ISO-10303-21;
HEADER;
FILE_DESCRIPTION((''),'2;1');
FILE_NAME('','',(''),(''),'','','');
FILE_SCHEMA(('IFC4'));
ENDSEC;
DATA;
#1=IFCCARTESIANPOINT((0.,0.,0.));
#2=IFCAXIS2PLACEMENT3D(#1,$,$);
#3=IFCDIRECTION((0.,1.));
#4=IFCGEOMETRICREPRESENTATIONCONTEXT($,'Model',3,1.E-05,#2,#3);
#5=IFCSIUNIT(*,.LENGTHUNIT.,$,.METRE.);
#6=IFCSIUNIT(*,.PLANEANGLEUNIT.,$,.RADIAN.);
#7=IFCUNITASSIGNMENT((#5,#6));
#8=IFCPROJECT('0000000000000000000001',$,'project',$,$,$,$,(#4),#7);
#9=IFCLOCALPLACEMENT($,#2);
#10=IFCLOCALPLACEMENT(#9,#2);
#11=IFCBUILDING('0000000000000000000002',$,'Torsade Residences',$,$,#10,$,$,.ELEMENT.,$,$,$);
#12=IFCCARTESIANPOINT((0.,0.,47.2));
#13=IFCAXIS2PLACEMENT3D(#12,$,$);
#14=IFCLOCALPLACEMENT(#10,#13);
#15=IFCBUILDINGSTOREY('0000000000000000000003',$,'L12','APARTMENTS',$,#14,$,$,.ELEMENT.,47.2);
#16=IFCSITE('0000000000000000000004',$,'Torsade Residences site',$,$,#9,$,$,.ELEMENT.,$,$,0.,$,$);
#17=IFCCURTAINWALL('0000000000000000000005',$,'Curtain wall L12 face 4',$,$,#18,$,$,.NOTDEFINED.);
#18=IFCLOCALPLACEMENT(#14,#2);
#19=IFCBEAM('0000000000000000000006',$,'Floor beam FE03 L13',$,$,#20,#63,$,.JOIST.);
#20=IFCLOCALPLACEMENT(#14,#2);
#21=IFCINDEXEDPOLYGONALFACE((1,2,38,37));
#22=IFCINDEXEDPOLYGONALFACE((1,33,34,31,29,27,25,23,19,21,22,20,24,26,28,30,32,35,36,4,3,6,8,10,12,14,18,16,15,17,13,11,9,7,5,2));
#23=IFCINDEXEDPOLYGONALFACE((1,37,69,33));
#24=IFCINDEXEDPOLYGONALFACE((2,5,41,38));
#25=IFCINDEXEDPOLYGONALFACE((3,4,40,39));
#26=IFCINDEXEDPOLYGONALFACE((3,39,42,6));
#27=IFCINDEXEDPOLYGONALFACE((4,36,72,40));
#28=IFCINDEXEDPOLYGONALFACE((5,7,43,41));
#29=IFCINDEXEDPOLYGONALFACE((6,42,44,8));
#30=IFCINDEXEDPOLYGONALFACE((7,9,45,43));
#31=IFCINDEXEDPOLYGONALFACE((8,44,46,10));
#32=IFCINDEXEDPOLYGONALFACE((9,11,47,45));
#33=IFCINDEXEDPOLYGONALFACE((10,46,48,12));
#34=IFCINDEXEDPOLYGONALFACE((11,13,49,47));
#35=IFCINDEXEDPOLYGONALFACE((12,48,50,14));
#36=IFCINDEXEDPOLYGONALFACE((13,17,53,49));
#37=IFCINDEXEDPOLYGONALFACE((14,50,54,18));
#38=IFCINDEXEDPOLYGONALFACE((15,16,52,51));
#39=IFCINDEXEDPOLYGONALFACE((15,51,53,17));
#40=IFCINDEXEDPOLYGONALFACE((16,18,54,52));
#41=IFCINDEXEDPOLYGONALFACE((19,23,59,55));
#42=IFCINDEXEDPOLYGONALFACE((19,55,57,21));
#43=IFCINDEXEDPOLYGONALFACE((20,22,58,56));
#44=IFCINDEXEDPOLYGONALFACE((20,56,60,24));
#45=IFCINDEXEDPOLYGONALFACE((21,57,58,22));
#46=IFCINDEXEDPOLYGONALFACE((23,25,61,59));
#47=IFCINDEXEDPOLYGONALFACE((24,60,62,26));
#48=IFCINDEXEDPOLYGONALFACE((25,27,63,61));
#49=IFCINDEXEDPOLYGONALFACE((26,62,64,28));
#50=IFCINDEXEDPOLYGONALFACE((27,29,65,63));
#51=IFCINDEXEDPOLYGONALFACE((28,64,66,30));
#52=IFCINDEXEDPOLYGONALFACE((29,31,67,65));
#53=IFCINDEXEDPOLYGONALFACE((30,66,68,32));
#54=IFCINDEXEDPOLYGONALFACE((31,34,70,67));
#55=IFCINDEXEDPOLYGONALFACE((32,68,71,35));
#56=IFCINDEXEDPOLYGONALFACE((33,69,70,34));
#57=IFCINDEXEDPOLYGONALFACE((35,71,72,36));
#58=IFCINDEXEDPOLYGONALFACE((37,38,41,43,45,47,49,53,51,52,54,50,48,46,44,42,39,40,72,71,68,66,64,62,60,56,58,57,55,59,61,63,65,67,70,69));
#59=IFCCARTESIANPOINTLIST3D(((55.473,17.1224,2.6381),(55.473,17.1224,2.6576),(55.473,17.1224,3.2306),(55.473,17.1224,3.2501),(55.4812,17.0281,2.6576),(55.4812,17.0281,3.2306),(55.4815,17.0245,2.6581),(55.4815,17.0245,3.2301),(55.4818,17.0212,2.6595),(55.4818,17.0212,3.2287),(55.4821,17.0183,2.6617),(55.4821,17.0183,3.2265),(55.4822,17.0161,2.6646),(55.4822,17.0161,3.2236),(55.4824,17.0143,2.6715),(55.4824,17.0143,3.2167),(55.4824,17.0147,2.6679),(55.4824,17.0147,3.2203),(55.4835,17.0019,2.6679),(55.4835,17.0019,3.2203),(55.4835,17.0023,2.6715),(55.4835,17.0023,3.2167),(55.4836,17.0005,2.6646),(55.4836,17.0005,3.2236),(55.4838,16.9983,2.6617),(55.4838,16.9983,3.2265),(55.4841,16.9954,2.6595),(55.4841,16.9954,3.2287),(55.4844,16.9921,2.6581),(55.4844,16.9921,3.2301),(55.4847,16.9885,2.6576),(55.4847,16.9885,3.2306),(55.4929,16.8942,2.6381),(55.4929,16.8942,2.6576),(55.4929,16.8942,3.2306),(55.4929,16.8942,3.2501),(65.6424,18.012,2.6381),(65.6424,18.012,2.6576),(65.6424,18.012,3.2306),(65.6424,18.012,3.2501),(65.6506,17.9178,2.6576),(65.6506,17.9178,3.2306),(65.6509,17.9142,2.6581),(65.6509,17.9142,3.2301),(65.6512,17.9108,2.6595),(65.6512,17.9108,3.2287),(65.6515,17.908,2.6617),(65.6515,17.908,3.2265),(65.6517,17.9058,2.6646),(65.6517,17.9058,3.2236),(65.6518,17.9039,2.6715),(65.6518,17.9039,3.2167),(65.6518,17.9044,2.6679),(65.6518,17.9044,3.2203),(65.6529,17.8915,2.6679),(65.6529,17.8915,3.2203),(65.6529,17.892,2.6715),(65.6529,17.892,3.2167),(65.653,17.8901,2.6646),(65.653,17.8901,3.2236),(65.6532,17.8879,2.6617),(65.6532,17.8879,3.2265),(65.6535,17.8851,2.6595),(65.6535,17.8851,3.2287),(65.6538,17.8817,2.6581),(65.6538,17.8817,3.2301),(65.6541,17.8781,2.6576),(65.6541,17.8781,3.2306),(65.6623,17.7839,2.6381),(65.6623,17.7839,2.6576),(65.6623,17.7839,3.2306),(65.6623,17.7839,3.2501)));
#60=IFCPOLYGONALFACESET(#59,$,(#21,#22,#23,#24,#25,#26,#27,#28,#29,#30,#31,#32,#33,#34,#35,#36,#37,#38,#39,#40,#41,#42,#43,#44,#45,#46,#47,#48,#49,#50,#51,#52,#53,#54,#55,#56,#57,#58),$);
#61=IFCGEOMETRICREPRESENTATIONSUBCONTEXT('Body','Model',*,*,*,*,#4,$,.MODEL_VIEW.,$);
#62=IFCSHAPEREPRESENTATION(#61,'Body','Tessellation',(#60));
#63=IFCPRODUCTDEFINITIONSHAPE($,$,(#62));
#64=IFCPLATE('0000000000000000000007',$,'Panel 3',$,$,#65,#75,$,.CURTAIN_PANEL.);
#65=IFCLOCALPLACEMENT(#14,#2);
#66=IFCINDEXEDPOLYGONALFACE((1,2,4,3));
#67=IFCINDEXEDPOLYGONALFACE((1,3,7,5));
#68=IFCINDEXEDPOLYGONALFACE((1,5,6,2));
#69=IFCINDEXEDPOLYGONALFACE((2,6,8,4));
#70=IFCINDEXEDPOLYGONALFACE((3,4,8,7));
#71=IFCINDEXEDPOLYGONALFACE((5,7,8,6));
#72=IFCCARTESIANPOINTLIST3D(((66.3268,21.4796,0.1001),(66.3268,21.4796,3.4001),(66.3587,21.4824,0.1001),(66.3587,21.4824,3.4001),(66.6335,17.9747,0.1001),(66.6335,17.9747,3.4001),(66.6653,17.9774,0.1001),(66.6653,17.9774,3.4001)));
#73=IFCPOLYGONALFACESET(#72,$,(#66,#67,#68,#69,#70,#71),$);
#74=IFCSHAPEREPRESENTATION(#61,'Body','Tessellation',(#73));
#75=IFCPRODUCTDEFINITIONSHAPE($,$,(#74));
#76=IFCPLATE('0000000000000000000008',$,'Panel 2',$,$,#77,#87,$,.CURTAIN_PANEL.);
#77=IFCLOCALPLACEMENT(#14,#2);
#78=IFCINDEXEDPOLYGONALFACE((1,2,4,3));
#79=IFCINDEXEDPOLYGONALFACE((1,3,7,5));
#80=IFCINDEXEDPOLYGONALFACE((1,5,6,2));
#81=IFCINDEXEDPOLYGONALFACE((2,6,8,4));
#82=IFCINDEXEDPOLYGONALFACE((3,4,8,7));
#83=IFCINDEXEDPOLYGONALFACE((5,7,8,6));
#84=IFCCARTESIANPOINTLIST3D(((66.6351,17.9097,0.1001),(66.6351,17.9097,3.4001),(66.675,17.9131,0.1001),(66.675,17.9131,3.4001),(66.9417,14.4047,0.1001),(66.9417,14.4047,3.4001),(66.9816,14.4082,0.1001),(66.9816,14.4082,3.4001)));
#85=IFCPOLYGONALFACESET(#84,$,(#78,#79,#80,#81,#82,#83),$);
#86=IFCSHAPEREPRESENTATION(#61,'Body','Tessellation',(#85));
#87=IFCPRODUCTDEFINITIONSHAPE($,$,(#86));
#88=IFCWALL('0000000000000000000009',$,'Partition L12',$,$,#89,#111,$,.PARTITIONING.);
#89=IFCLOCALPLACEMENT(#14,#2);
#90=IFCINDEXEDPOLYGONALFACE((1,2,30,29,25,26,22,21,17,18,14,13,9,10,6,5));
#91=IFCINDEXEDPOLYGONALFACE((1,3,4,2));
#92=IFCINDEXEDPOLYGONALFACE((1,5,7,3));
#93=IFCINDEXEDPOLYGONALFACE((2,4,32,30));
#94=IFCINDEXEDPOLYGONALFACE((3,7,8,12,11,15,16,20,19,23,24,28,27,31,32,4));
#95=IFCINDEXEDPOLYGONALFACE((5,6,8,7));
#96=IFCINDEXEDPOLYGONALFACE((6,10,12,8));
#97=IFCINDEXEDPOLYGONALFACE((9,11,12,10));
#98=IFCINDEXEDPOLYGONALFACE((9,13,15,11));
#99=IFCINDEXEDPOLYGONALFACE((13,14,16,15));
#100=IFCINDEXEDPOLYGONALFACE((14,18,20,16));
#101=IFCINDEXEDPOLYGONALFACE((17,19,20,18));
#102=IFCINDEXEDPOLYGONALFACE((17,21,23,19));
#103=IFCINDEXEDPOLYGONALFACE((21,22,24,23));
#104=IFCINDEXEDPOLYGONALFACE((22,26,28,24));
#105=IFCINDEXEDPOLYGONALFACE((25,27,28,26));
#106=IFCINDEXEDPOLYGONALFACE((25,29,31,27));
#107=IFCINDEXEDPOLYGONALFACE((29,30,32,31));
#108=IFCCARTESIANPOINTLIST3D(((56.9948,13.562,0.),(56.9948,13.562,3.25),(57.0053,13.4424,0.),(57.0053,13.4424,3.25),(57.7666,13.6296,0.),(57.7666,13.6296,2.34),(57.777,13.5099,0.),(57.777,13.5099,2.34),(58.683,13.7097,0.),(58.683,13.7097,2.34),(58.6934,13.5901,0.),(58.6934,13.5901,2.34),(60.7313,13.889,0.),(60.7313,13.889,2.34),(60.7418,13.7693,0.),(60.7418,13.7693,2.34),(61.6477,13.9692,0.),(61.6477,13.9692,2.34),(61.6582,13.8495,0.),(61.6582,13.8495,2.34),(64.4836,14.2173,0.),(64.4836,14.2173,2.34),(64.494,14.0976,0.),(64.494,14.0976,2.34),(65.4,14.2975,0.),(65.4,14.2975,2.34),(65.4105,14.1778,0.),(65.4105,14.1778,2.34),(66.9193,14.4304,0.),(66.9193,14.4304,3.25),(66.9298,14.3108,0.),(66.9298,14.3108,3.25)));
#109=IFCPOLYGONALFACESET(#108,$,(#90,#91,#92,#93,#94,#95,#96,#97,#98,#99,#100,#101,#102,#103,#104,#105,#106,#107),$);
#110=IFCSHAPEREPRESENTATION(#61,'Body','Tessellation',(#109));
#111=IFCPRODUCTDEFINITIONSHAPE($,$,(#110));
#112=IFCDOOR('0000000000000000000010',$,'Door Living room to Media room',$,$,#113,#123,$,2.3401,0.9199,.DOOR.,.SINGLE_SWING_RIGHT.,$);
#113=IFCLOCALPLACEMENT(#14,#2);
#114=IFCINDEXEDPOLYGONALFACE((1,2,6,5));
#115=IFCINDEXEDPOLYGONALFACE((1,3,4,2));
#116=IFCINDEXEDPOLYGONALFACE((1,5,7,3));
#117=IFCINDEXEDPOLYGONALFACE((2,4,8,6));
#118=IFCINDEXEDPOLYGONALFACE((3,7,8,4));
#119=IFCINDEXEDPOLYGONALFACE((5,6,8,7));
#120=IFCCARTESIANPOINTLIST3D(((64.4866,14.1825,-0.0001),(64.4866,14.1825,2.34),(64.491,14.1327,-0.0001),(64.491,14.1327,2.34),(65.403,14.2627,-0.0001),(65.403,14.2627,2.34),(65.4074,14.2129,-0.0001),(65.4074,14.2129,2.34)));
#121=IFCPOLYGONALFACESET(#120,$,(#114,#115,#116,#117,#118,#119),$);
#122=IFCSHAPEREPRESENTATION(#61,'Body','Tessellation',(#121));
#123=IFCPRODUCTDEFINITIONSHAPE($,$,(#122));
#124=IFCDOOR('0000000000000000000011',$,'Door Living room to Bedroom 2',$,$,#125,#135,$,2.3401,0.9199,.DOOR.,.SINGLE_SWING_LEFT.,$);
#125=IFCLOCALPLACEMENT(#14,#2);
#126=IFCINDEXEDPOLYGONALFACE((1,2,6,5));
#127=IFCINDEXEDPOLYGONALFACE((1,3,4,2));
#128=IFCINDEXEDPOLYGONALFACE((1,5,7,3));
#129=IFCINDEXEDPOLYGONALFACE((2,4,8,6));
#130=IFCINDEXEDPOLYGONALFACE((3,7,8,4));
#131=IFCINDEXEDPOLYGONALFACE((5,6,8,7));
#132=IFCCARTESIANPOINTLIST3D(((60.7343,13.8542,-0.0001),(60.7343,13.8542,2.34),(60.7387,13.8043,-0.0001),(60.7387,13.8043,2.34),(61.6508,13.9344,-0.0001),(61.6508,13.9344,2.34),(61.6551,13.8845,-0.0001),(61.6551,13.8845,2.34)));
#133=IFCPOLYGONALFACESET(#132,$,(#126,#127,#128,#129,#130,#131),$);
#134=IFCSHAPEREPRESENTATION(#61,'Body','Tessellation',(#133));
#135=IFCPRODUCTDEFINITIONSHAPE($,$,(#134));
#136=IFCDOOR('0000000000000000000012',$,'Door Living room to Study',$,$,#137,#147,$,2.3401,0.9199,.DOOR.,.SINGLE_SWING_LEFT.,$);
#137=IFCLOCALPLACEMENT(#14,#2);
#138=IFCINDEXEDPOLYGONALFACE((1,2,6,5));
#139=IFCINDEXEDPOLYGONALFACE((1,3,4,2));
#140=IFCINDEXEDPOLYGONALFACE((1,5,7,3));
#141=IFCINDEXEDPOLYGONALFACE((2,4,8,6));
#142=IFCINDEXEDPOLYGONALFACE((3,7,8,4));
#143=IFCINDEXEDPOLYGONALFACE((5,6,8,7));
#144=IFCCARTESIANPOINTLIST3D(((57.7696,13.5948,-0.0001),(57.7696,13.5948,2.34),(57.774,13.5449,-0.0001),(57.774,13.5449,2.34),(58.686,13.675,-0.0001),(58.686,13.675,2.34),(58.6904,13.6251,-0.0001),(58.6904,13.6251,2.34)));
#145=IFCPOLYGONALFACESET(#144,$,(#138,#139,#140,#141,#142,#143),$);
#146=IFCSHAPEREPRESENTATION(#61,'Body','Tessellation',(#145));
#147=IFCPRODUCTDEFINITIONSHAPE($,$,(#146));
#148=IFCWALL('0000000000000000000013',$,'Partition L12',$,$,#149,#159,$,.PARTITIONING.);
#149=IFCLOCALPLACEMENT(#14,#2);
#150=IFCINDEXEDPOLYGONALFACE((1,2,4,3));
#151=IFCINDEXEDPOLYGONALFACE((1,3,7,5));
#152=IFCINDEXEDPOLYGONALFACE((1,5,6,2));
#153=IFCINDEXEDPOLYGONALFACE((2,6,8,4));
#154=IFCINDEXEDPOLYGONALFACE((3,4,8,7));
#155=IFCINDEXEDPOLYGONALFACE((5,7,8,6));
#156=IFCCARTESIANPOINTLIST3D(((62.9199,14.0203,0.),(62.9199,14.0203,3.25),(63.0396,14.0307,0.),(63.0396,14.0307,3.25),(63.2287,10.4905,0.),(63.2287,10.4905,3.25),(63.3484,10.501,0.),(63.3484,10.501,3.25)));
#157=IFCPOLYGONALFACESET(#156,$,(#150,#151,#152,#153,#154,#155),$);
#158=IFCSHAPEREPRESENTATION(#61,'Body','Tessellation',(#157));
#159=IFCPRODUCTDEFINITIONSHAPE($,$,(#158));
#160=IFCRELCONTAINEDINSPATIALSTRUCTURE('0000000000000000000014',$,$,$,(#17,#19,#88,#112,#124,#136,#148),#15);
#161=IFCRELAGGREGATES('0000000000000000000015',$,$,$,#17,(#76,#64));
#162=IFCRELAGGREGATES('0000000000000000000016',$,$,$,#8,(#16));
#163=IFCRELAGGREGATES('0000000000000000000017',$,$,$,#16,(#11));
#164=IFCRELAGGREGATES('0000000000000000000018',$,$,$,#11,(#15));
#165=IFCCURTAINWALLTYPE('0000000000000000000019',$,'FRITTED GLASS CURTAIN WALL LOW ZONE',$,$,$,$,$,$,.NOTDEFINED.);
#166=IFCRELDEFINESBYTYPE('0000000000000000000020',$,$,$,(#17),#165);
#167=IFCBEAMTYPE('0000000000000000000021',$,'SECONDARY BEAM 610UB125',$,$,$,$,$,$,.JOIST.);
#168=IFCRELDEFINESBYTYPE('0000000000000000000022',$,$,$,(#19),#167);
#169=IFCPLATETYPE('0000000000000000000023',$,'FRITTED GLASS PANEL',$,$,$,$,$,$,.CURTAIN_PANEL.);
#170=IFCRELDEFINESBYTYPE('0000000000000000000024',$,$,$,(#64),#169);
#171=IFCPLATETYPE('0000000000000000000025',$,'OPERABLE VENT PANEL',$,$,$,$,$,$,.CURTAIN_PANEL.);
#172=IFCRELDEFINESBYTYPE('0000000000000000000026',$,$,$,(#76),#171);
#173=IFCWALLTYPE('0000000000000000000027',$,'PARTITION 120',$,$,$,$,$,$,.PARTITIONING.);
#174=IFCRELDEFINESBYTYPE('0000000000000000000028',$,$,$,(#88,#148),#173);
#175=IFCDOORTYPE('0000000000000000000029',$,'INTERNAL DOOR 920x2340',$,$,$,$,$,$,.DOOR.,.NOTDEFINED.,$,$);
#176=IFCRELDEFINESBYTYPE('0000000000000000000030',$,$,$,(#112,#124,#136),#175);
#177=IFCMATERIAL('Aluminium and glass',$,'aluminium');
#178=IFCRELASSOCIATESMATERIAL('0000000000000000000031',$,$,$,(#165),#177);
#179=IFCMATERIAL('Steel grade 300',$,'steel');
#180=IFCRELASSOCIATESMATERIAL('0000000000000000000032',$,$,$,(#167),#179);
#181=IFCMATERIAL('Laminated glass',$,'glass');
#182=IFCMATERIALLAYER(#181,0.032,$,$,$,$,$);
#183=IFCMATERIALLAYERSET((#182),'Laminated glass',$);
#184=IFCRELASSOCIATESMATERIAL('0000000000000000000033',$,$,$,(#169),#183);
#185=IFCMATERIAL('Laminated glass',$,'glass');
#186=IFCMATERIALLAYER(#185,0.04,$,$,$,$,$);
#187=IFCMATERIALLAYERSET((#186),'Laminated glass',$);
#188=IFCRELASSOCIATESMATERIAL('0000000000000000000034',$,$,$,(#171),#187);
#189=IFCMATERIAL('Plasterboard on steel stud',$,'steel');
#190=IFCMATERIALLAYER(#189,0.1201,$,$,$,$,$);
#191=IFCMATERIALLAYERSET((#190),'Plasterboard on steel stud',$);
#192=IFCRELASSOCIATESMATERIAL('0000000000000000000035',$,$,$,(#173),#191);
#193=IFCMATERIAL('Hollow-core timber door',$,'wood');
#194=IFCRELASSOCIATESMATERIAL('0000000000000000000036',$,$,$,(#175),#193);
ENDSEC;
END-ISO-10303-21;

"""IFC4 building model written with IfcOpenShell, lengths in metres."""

from ifc_helpers import new_model, si_unit, direction, frame, frame_2d, origin, origin_2d, place, context, subcontext, project, spatial, rectangle, i_section, extrude, material, layer, layer_set, material_profile, profile_set, type_object, element, fill, aggregate, save


model = new_model("IFC4")

# Units and contexts
model_context = context("Model", 3, precision=1e-05, world=origin(), true_north=direction((0.0, 1.0)))
body_context = subcontext(model_context, "Body", "Model", "MODEL_VIEW")
ifc_project = project(units=[si_unit("LENGTHUNIT", "METRE"), si_unit("PLANEANGLEUNIT", "RADIAN")], contexts=[model_context])

# Site, building, storey
site_placement = place(None, origin())
site = spatial("IfcSite", under=ifc_project, at=site_placement, Name="Torsade Residences site", CompositionType="ELEMENT", RefElevation=0.0)
building_placement = place(site_placement, origin())
building = spatial("IfcBuilding", under=site, at=building_placement, Name="Torsade Residences", CompositionType="ELEMENT")
storey_placement = place(building_placement, frame((0.0, 0.0, 47.2)))
storey = spatial("IfcBuildingStorey", under=building, at=storey_placement, Name="L12", Description="APARTMENTS", CompositionType="ELEMENT", Elevation=47.2)

# Curtain wall
ifc_material_1 = material(Name="Aluminium and glass", Category="aluminium")
curtain_wall_type = type_object("IfcCurtainWallType", Name="FRITTED GLASS CURTAIN WALL LOW ZONE", PredefinedType="NOTDEFINED", material=ifc_material_1)
curtain_wall_placement = place(storey_placement, origin())
curtain_wall = element("IfcCurtainWall", 1, at=curtain_wall_placement, inside=storey, type_object=curtain_wall_type, Name="Curtain wall L12 face 4", PredefinedType="NOTDEFINED")

# Beam
ifc_material_2 = material(Name="Steel grade 300", Category="steel")
ifc_material_profile_1 = material_profile(ifc_material_2, i_section(OverallWidth=0.229, OverallDepth=0.6121, WebThickness=0.012, FlangeThickness=0.0195, FilletRadius=0.0139, at=origin_2d()), Name="610UB125")
ifc_profile_set_1 = profile_set([ifc_material_profile_1], Name="Steel grade 300")
beam_type_1 = type_object("IfcBeamType", Name="SECONDARY BEAM 610UB125", PredefinedType="JOIST", material=ifc_profile_set_1)
beam_1_placement = place(storey_placement, frame((65.6523, 17.8979, 2.9441), z_axis=(-0.996195, -0.08715, 0.0), x_axis=(0.08715, -0.996195, 0.0)))
element("IfcBeam", 2, at=beam_1_placement, inside=storey, type_object=beam_type_1, Name="Floor beam FE03 L13", PredefinedType="JOIST", context=body_context, shape_type="SweptSolid", body=[
    extrude(i_section(OverallWidth=0.229, OverallDepth=0.6121, WebThickness=0.012, FlangeThickness=0.0195, FilletRadius=0.0139, at=origin_2d()), origin(), (0.0, 0.0, 1.0), 10.2083),
])

# Plates
ifc_material_3 = material(Name="Laminated glass", Category="glass")
ifc_layer_1 = layer(ifc_material_3, 0.032)
ifc_layer_set_1 = layer_set([ifc_layer_1], Name="Laminated glass")
plate_type_1 = type_object("IfcPlateType", Name="FRITTED GLASS PANEL", PredefinedType="CURTAIN_PANEL", material=ifc_layer_set_1)
plate_1_placement = place(storey_placement, frame((66.4961, 19.7285, 0.1001), z_axis=(0.0, 0.0, 1.0), x_axis=(-0.087156, 0.996195, 0.0)))
plate_1 = element("IfcPlate", 3, at=plate_1_placement, type_object=plate_type_1, Name="Panel 3", PredefinedType="CURTAIN_PANEL", context=body_context, shape_type="SweptSolid", body=[
    extrude(rectangle(XDim=3.5183, YDim=0.032, at=origin_2d()), origin(), (0.0, 0.0, 1.0), 3.3),
])
ifc_material_4 = material(Name="Laminated glass", Category="glass")
ifc_layer_2 = layer(ifc_material_4, 0.04)
ifc_layer_set_2 = layer_set([ifc_layer_2], Name="Laminated glass")
plate_type_2 = type_object("IfcPlateType", Name="OPERABLE VENT PANEL", PredefinedType="CURTAIN_PANEL", material=ifc_layer_set_2)
plate_2_placement = place(storey_placement, frame((66.8083, 16.1589, 0.1001), z_axis=(0.0, 0.0, 1.0), x_axis=(-0.087156, 0.996195, 0.0)))
plate_2 = element("IfcPlate", 4, at=plate_2_placement, type_object=plate_type_2, Name="Panel 2", PredefinedType="CURTAIN_PANEL", context=body_context, shape_type="SweptSolid", body=[
    extrude(rectangle(XDim=3.5183, YDim=0.04, at=origin_2d()), origin(), (0.0, 0.0, 1.0), 3.3),
])
aggregate(curtain_wall, [plate_2, plate_1])

# Wall, openings, doors
ifc_material_5 = material(Name="Plasterboard on steel stud", Category="steel")
ifc_layer_3 = layer(ifc_material_5, 0.1201)
ifc_layer_set_3 = layer_set([ifc_layer_3], Name="Plasterboard on steel stud")
wall_type = type_object("IfcWallType", Name="PARTITION 120", PredefinedType="PARTITIONING", material=ifc_layer_set_3)
wall_1_placement = place(storey_placement, frame((66.9246, 14.3706, 0.0), z_axis=(0.0, 0.0, 1.0), x_axis=(-0.996194, -0.087168, 0.0)))
wall_1 = element("IfcWall", 5, at=wall_1_placement, inside=storey, type_object=wall_type, Name="Partition L12", PredefinedType="PARTITIONING", context=body_context, shape_type="SweptSolid", body=[
    extrude(rectangle(XDim=9.9624, YDim=0.1201, at=frame_2d((4.9812, 0.0))), origin(), (0.0, 0.0, 1.0), 3.25),
])
opening_1_placement = place(wall_1_placement, frame((1.5251, 0.0, 0.0)))
opening_1 = element("IfcOpeningElement", 6, at=opening_1_placement, cuts=wall_1, PredefinedType="OPENING", context=body_context, shape_type="SweptSolid", body=[
    extrude(rectangle(XDim=0.9199, YDim=2.3401, at=frame_2d((0.46, 1.1699))), frame((0.0, 0.0701, 0.0), z_axis=(0.0, -1.0, 0.0), x_axis=(1.0, 0.0, 0.0)), (0.0, 0.0, 1.0), 0.1401),
])
opening_2_placement = place(wall_1_placement, frame((5.2917, 0.0, 0.0)))
opening_2 = element("IfcOpeningElement", 7, at=opening_2_placement, cuts=wall_1, PredefinedType="OPENING", context=body_context, shape_type="SweptSolid", body=[
    extrude(rectangle(XDim=0.9199, YDim=2.3401, at=frame_2d((0.46, 1.1699))), frame((0.0, 0.0701, 0.0), z_axis=(0.0, -1.0, 0.0), x_axis=(1.0, 0.0, 0.0)), (0.0, 0.0, 1.0), 0.1401),
])
opening_3_placement = place(wall_1_placement, frame((8.2678, 0.0, 0.0)))
opening_3 = element("IfcOpeningElement", 8, at=opening_3_placement, cuts=wall_1, PredefinedType="OPENING", context=body_context, shape_type="SweptSolid", body=[
    extrude(rectangle(XDim=0.9199, YDim=2.3401, at=frame_2d((0.46, 1.1699))), frame((0.0, 0.0701, 0.0), z_axis=(0.0, -1.0, 0.0), x_axis=(1.0, 0.0, 0.0)), (0.0, 0.0, 1.0), 0.1401),
])
ifc_material_6 = material(Name="Hollow-core timber door", Category="wood")
door_type = type_object("IfcDoorType", Name="INTERNAL DOOR 920x2340", OperationType="NOTDEFINED", PredefinedType="DOOR", material=ifc_material_6)
door_1_placement = place(opening_1_placement, origin())
door_1 = element("IfcDoor", 9, at=door_1_placement, inside=storey, type_object=door_type, Name="Door Living room to Media room", OperationType="SINGLE_SWING_RIGHT", OverallHeight=2.3401, OverallWidth=0.9199, PredefinedType="DOOR", context=body_context, shape_type="SweptSolid", body=[
    extrude(rectangle(XDim=0.9199, YDim=2.3401, at=frame_2d((0.46, 1.1699))), frame((0.0, 0.0249, 0.0), z_axis=(0.0, -1.0, 0.0), x_axis=(1.0, 0.0, 0.0)), (0.0, 0.0, 1.0), 0.05),
])
fill(opening_1, door_1)
door_2_placement = place(opening_2_placement, origin())
door_2 = element("IfcDoor", 10, at=door_2_placement, inside=storey, type_object=door_type, Name="Door Living room to Bedroom 2", OperationType="SINGLE_SWING_LEFT", OverallHeight=2.3401, OverallWidth=0.9199, PredefinedType="DOOR", context=body_context, shape_type="SweptSolid", body=[
    extrude(rectangle(XDim=0.9199, YDim=2.3401, at=frame_2d((0.46, 1.1699))), frame((0.0, 0.0249, 0.0), z_axis=(0.0, -1.0, 0.0), x_axis=(1.0, 0.0, 0.0)), (0.0, 0.0, 1.0), 0.05),
])
fill(opening_2, door_2)
door_3_placement = place(opening_3_placement, origin())
door_3 = element("IfcDoor", 11, at=door_3_placement, inside=storey, type_object=door_type, Name="Door Living room to Study", OperationType="SINGLE_SWING_LEFT", OverallHeight=2.3401, OverallWidth=0.9199, PredefinedType="DOOR", context=body_context, shape_type="SweptSolid", body=[
    extrude(rectangle(XDim=0.9199, YDim=2.3401, at=frame_2d((0.46, 1.1699))), frame((0.0, 0.0249, 0.0), z_axis=(0.0, -1.0, 0.0), x_axis=(1.0, 0.0, 0.0)), (0.0, 0.0, 1.0), 0.05),
])
fill(opening_3, door_3)

# Wall
wall_2_placement = place(storey_placement, frame((62.9797, 14.0254, 0.0), z_axis=(0.0, 0.0, 1.0), x_axis=(0.087162, -0.996194, 0.0)))
element("IfcWall", 12, at=wall_2_placement, inside=storey, type_object=wall_type, Name="Partition L12", PredefinedType="PARTITIONING", context=body_context, shape_type="SweptSolid", body=[
    extrude(rectangle(XDim=3.5432, YDim=0.1201, at=frame_2d((1.7715, 0.0))), origin(), (0.0, 0.0, 1.0), 3.25),
])

save(model, "model.ifc")
